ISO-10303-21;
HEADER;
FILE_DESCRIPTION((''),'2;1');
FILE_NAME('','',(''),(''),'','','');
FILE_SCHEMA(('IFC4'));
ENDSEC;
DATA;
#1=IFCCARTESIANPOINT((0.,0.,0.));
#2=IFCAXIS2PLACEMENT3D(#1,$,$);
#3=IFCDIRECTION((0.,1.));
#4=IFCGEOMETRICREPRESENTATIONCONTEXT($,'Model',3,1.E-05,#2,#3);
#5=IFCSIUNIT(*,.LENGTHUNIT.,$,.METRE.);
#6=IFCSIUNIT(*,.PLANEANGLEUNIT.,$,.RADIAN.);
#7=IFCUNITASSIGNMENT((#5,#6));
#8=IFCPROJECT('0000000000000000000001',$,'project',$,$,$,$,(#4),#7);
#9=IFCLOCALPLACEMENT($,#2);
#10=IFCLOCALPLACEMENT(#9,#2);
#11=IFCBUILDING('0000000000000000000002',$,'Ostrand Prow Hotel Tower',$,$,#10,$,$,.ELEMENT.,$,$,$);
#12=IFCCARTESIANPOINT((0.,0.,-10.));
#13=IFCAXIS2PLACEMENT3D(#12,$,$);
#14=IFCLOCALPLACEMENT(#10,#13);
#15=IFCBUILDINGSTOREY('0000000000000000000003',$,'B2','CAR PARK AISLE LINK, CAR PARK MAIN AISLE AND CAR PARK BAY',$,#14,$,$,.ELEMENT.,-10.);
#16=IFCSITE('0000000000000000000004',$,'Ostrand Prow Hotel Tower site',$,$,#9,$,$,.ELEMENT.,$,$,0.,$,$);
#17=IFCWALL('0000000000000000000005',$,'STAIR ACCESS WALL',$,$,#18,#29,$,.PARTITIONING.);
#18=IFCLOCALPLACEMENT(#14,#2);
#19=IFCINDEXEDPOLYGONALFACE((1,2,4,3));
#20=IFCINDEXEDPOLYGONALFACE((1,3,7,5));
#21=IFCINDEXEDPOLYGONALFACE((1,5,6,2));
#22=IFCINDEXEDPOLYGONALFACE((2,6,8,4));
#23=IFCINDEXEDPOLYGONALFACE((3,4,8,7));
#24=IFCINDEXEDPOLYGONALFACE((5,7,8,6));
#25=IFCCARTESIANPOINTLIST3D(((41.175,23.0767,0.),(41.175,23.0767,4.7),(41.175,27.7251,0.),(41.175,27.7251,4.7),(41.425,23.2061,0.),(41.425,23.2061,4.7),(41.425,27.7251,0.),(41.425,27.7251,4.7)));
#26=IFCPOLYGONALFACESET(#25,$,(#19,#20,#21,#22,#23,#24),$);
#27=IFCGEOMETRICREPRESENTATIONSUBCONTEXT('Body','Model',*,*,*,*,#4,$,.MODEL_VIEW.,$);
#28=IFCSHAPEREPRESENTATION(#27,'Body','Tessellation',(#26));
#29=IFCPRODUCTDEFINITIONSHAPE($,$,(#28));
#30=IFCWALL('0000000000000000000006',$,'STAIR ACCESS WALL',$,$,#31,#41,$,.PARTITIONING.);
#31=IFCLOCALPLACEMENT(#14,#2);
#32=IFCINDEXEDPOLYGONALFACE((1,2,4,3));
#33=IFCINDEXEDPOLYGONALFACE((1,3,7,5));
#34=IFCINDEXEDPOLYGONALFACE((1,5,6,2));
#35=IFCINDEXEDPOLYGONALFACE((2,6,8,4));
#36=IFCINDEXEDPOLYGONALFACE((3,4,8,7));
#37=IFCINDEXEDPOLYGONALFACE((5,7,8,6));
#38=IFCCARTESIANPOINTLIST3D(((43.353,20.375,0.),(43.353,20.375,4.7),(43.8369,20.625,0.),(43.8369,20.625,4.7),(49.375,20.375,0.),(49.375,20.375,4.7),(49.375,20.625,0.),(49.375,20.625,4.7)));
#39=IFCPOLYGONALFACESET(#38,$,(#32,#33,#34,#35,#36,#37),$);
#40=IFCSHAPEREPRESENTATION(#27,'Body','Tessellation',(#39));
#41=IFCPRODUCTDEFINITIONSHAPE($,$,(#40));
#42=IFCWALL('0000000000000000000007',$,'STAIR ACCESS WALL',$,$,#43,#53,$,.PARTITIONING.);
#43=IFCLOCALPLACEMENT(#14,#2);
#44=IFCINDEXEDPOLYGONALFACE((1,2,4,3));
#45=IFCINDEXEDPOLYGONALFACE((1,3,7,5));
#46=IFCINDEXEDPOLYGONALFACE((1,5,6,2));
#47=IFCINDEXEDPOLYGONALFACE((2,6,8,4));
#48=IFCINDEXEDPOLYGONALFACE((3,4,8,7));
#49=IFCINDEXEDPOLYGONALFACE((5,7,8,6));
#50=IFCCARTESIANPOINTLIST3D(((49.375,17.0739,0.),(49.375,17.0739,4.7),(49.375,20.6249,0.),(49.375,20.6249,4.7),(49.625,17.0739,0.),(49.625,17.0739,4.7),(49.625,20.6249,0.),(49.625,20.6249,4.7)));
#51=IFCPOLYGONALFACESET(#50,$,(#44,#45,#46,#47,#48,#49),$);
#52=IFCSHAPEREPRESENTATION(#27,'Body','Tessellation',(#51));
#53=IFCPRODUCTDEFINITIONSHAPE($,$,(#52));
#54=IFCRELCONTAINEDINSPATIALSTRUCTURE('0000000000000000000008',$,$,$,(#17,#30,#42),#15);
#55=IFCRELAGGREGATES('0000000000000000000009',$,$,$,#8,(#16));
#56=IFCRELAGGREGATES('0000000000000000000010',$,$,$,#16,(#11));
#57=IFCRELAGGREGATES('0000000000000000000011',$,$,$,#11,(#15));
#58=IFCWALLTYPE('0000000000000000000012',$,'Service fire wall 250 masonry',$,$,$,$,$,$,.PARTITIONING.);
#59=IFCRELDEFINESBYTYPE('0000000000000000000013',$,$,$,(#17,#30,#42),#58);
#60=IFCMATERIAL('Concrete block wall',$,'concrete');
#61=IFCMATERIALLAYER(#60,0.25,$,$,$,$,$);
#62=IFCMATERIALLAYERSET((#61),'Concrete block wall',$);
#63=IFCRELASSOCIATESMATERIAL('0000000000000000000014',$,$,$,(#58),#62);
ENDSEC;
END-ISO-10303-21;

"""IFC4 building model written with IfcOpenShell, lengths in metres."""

from ifc_helpers import new_model, si_unit, direction, frame, frame_2d, origin, place, context, subcontext, project, spatial, polyline, rectangle, outline, extrude, material, layer, layer_set, type_object, element, save


model = new_model("IFC4")

# Units and contexts
model_context = context("Model", 3, precision=1e-05, world=origin(), true_north=direction((0.0, 1.0)))
body_context = subcontext(model_context, "Body", "Model", "MODEL_VIEW")
ifc_project = project(units=[si_unit("LENGTHUNIT", "METRE"), si_unit("PLANEANGLEUNIT", "RADIAN")], contexts=[model_context])

# Site, building, storey
site_placement = place(None, origin())
site = spatial("IfcSite", under=ifc_project, at=site_placement, Name="Ostrand Prow Hotel Tower site", CompositionType="ELEMENT", RefElevation=0.0)
building_placement = place(site_placement, origin())
building = spatial("IfcBuilding", under=site, at=building_placement, Name="Ostrand Prow Hotel Tower", CompositionType="ELEMENT")
storey_placement = place(building_placement, frame((0.0, 0.0, -10.0)))
storey = spatial("IfcBuildingStorey", under=building, at=storey_placement, Name="B2", Description="CAR PARK AISLE LINK, CAR PARK MAIN AISLE AND CAR PARK BAY", CompositionType="ELEMENT", Elevation=-10.0)

# Shared definitions
ifc_material_1 = material(Name="Concrete block wall", Category="concrete")
ifc_layer_1 = layer(ifc_material_1, 0.25)
ifc_layer_set_1 = layer_set([ifc_layer_1], Name="Concrete block wall")
wall_type_1 = type_object("IfcWallType", Name="Service fire wall 250 masonry", PredefinedType="PARTITIONING", material=ifc_layer_set_1)

# Walls
wall_1_placement = place(storey_placement, frame((41.3, 23.1414, 0.0), z_axis=(0.0, 0.0, 1.0), x_axis=(0.0, 1.0, 0.0)))
element("IfcWall", 1, at=wall_1_placement, inside=storey, type_object=wall_type_1, Name="STAIR ACCESS WALL", PredefinedType="PARTITIONING", context=body_context, shape_type="SweptSolid", body=[
    extrude(outline(polyline([(0.0647, -0.125), (4.5837, -0.125), (4.5837, 0.125), (-0.0647, 0.125), (0.0647, -0.125)])), origin(), (0.0, 0.0, 1.0), 4.7),
])
wall_2_placement = place(storey_placement, frame((43.595, 20.5, 0.0), z_axis=(0.0, 0.0, 1.0), x_axis=(1.0, 0.0, 0.0)))
element("IfcWall", 2, at=wall_2_placement, inside=storey, type_object=wall_type_1, Name="STAIR ACCESS WALL", PredefinedType="PARTITIONING", context=body_context, shape_type="SweptSolid", body=[
    extrude(outline(polyline([(-0.2419, -0.125), (5.78, -0.125), (5.78, 0.125), (0.2419, 0.125), (-0.2419, -0.125)])), origin(), (0.0, 0.0, 1.0), 4.7),
])
wall_3_placement = place(storey_placement, frame((49.5, 17.074, 0.0), z_axis=(0.0, 0.0, 1.0), x_axis=(0.0, 1.0, 0.0)))
element("IfcWall", 3, at=wall_3_placement, inside=storey, type_object=wall_type_1, Name="STAIR ACCESS WALL", PredefinedType="PARTITIONING", context=body_context, shape_type="SweptSolid", body=[
    extrude(rectangle(XDim=3.551, YDim=0.25, at=frame_2d((1.7754, 0.0))), origin(), (0.0, 0.0, 1.0), 4.7),
])

save(model, "model.ifc")
